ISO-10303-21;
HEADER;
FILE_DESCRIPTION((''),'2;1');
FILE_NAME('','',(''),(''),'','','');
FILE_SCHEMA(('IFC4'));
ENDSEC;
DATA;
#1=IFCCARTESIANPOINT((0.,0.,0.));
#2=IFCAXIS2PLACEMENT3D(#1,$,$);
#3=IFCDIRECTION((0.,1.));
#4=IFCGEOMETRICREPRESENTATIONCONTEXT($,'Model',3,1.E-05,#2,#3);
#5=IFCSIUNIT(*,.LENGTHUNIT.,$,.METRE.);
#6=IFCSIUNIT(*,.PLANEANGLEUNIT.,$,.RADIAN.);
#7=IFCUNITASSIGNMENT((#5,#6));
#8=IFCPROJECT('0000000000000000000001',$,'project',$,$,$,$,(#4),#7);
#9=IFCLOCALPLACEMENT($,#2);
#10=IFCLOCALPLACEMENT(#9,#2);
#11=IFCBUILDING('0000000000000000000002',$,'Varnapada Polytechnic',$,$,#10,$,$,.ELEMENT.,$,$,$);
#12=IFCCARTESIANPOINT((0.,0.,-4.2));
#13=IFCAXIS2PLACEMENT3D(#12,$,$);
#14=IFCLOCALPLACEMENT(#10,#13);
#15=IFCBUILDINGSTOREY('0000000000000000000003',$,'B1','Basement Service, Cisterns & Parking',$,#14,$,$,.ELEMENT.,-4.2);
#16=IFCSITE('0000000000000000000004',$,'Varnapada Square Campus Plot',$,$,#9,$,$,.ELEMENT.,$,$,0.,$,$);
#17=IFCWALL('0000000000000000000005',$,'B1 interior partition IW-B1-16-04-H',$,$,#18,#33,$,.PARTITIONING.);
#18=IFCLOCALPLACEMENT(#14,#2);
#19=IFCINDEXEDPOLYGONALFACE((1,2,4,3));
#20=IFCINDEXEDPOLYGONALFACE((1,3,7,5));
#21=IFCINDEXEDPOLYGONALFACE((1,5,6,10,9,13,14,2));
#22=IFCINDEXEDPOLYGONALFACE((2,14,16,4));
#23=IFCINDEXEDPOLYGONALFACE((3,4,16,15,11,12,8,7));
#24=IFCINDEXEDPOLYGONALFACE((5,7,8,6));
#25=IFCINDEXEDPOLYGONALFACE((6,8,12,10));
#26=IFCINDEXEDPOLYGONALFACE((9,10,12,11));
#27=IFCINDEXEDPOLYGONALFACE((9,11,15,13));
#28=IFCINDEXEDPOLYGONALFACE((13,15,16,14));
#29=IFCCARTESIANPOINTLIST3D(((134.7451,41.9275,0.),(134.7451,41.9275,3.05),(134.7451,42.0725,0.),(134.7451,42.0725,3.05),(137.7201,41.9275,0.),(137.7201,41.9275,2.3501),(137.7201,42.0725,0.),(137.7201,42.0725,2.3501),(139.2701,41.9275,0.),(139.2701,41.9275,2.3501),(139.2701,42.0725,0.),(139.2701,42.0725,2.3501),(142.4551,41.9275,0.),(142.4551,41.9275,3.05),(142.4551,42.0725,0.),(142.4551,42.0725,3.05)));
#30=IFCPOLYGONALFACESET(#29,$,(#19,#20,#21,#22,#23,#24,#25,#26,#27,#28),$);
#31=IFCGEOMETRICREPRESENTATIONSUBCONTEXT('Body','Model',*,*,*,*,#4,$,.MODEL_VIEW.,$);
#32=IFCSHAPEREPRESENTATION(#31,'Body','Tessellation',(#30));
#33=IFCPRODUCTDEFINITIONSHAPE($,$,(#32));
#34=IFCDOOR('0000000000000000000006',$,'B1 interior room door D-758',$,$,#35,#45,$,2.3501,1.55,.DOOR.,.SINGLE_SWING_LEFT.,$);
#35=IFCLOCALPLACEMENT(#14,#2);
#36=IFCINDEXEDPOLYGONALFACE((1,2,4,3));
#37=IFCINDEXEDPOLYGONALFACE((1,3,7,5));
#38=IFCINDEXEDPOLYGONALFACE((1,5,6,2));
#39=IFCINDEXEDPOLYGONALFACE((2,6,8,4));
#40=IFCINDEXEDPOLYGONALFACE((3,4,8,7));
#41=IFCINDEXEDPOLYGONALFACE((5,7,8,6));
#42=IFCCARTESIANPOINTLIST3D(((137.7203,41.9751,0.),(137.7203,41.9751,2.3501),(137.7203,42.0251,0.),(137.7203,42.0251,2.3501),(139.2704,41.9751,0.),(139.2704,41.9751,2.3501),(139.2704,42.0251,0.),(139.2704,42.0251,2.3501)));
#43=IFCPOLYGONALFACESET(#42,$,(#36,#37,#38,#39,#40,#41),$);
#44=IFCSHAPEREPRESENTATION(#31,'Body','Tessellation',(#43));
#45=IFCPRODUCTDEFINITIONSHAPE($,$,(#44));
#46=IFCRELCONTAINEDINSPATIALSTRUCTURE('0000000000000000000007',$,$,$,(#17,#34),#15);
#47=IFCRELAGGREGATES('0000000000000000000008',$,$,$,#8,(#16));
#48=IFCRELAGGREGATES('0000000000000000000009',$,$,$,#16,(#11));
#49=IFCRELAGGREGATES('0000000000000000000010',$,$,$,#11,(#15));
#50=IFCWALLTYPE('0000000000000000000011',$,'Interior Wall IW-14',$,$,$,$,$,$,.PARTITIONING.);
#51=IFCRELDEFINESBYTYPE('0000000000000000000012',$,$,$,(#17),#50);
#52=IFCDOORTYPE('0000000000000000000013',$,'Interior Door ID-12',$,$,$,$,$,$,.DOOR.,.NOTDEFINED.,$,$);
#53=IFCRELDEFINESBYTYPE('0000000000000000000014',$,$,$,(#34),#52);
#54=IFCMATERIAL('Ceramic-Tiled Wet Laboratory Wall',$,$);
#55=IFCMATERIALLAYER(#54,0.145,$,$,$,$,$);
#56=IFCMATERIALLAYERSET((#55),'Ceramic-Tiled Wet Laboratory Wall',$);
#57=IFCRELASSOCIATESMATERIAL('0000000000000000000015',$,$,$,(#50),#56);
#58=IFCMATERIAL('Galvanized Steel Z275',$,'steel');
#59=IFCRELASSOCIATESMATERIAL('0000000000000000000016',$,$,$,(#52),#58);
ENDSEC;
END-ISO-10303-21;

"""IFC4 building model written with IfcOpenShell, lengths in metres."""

from ifc_helpers import new_model, si_unit, direction, frame, frame_2d, origin, place, context, subcontext, project, spatial, rectangle, extrude, material, layer, layer_set, type_object, element, fill, save


model = new_model("IFC4")

# Units and contexts
model_context = context("Model", 3, precision=1e-05, world=origin(), true_north=direction((0.0, 1.0)))
body_context = subcontext(model_context, "Body", "Model", "MODEL_VIEW")
ifc_project = project(units=[si_unit("LENGTHUNIT", "METRE"), si_unit("PLANEANGLEUNIT", "RADIAN")], contexts=[model_context])

# Site, building, storey
site_placement = place(None, origin())
site = spatial("IfcSite", under=ifc_project, at=site_placement, Name="Varnapada Square Campus Plot", CompositionType="ELEMENT", RefElevation=0.0)
building_placement = place(site_placement, origin())
building = spatial("IfcBuilding", under=site, at=building_placement, Name="Varnapada Polytechnic", CompositionType="ELEMENT")
storey_placement = place(building_placement, frame((0.0, 0.0, -4.2)))
storey = spatial("IfcBuildingStorey", under=building, at=storey_placement, Name="B1", Description="Basement Service, Cisterns & Parking", CompositionType="ELEMENT", Elevation=-4.2)

# Wall, opening, door
ifc_material_1 = material(Name="Ceramic-Tiled Wet Laboratory Wall")
ifc_layer_1 = layer(ifc_material_1, 0.145)
ifc_layer_set_1 = layer_set([ifc_layer_1], Name="Ceramic-Tiled Wet Laboratory Wall")
wall_type_1 = type_object("IfcWallType", Name="Interior Wall IW-14", PredefinedType="PARTITIONING", material=ifc_layer_set_1)
wall_1_placement = place(storey_placement, frame((134.7451, 42.0, 0.0), z_axis=(0.0, 0.0, 1.0), x_axis=(1.0, 0.0, 0.0)))
wall_1 = element("IfcWall", 1, at=wall_1_placement, inside=storey, type_object=wall_type_1, Name="B1 interior partition IW-B1-16-04-H", PredefinedType="PARTITIONING", context=body_context, shape_type="SweptSolid", body=[
    extrude(rectangle(XDim=7.71, YDim=0.145, at=frame_2d((3.855, 0.0))), origin(), (0.0, 0.0, 1.0), 3.05),
])
opening_1_placement = place(wall_1_placement, frame((2.9751, 0.0, 0.0)))
opening_1 = element("IfcOpeningElement", 2, at=opening_1_placement, cuts=wall_1, PredefinedType="OPENING", context=body_context, shape_type="SweptSolid", body=[
    extrude(rectangle(XDim=1.55, YDim=2.3501, at=frame_2d((0.7749, 1.175))), frame((0.0, 0.0825, 0.0), z_axis=(0.0, -1.0, 0.0), x_axis=(1.0, 0.0, 0.0)), (0.0, 0.0, 1.0), 0.165),
])
ifc_material_2 = material(Name="Galvanized Steel Z275", Category="steel")
door_type_1 = type_object("IfcDoorType", Name="Interior Door ID-12", OperationType="NOTDEFINED", PredefinedType="DOOR", material=ifc_material_2)
door_1_placement = place(opening_1_placement, frame((1.55, 0.0, 0.0), z_axis=(0.0, 0.0, 1.0), x_axis=(-1.0, 0.0, 0.0)))
door_1 = element("IfcDoor", 3, at=door_1_placement, inside=storey, type_object=door_type_1, Name="B1 interior room door D-758", OperationType="SINGLE_SWING_LEFT", OverallHeight=2.3501, OverallWidth=1.55, PredefinedType="DOOR", context=body_context, shape_type="SweptSolid", body=[
    extrude(rectangle(XDim=1.55, YDim=2.3501, at=frame_2d((0.7749, 1.175))), frame((0.0, 0.0249, 0.0), z_axis=(0.0, -1.0, 0.0), x_axis=(1.0, 0.0, 0.0)), (0.0, 0.0, 1.0), 0.05),
])
fill(opening_1, door_1)

save(model, "model.ifc")
